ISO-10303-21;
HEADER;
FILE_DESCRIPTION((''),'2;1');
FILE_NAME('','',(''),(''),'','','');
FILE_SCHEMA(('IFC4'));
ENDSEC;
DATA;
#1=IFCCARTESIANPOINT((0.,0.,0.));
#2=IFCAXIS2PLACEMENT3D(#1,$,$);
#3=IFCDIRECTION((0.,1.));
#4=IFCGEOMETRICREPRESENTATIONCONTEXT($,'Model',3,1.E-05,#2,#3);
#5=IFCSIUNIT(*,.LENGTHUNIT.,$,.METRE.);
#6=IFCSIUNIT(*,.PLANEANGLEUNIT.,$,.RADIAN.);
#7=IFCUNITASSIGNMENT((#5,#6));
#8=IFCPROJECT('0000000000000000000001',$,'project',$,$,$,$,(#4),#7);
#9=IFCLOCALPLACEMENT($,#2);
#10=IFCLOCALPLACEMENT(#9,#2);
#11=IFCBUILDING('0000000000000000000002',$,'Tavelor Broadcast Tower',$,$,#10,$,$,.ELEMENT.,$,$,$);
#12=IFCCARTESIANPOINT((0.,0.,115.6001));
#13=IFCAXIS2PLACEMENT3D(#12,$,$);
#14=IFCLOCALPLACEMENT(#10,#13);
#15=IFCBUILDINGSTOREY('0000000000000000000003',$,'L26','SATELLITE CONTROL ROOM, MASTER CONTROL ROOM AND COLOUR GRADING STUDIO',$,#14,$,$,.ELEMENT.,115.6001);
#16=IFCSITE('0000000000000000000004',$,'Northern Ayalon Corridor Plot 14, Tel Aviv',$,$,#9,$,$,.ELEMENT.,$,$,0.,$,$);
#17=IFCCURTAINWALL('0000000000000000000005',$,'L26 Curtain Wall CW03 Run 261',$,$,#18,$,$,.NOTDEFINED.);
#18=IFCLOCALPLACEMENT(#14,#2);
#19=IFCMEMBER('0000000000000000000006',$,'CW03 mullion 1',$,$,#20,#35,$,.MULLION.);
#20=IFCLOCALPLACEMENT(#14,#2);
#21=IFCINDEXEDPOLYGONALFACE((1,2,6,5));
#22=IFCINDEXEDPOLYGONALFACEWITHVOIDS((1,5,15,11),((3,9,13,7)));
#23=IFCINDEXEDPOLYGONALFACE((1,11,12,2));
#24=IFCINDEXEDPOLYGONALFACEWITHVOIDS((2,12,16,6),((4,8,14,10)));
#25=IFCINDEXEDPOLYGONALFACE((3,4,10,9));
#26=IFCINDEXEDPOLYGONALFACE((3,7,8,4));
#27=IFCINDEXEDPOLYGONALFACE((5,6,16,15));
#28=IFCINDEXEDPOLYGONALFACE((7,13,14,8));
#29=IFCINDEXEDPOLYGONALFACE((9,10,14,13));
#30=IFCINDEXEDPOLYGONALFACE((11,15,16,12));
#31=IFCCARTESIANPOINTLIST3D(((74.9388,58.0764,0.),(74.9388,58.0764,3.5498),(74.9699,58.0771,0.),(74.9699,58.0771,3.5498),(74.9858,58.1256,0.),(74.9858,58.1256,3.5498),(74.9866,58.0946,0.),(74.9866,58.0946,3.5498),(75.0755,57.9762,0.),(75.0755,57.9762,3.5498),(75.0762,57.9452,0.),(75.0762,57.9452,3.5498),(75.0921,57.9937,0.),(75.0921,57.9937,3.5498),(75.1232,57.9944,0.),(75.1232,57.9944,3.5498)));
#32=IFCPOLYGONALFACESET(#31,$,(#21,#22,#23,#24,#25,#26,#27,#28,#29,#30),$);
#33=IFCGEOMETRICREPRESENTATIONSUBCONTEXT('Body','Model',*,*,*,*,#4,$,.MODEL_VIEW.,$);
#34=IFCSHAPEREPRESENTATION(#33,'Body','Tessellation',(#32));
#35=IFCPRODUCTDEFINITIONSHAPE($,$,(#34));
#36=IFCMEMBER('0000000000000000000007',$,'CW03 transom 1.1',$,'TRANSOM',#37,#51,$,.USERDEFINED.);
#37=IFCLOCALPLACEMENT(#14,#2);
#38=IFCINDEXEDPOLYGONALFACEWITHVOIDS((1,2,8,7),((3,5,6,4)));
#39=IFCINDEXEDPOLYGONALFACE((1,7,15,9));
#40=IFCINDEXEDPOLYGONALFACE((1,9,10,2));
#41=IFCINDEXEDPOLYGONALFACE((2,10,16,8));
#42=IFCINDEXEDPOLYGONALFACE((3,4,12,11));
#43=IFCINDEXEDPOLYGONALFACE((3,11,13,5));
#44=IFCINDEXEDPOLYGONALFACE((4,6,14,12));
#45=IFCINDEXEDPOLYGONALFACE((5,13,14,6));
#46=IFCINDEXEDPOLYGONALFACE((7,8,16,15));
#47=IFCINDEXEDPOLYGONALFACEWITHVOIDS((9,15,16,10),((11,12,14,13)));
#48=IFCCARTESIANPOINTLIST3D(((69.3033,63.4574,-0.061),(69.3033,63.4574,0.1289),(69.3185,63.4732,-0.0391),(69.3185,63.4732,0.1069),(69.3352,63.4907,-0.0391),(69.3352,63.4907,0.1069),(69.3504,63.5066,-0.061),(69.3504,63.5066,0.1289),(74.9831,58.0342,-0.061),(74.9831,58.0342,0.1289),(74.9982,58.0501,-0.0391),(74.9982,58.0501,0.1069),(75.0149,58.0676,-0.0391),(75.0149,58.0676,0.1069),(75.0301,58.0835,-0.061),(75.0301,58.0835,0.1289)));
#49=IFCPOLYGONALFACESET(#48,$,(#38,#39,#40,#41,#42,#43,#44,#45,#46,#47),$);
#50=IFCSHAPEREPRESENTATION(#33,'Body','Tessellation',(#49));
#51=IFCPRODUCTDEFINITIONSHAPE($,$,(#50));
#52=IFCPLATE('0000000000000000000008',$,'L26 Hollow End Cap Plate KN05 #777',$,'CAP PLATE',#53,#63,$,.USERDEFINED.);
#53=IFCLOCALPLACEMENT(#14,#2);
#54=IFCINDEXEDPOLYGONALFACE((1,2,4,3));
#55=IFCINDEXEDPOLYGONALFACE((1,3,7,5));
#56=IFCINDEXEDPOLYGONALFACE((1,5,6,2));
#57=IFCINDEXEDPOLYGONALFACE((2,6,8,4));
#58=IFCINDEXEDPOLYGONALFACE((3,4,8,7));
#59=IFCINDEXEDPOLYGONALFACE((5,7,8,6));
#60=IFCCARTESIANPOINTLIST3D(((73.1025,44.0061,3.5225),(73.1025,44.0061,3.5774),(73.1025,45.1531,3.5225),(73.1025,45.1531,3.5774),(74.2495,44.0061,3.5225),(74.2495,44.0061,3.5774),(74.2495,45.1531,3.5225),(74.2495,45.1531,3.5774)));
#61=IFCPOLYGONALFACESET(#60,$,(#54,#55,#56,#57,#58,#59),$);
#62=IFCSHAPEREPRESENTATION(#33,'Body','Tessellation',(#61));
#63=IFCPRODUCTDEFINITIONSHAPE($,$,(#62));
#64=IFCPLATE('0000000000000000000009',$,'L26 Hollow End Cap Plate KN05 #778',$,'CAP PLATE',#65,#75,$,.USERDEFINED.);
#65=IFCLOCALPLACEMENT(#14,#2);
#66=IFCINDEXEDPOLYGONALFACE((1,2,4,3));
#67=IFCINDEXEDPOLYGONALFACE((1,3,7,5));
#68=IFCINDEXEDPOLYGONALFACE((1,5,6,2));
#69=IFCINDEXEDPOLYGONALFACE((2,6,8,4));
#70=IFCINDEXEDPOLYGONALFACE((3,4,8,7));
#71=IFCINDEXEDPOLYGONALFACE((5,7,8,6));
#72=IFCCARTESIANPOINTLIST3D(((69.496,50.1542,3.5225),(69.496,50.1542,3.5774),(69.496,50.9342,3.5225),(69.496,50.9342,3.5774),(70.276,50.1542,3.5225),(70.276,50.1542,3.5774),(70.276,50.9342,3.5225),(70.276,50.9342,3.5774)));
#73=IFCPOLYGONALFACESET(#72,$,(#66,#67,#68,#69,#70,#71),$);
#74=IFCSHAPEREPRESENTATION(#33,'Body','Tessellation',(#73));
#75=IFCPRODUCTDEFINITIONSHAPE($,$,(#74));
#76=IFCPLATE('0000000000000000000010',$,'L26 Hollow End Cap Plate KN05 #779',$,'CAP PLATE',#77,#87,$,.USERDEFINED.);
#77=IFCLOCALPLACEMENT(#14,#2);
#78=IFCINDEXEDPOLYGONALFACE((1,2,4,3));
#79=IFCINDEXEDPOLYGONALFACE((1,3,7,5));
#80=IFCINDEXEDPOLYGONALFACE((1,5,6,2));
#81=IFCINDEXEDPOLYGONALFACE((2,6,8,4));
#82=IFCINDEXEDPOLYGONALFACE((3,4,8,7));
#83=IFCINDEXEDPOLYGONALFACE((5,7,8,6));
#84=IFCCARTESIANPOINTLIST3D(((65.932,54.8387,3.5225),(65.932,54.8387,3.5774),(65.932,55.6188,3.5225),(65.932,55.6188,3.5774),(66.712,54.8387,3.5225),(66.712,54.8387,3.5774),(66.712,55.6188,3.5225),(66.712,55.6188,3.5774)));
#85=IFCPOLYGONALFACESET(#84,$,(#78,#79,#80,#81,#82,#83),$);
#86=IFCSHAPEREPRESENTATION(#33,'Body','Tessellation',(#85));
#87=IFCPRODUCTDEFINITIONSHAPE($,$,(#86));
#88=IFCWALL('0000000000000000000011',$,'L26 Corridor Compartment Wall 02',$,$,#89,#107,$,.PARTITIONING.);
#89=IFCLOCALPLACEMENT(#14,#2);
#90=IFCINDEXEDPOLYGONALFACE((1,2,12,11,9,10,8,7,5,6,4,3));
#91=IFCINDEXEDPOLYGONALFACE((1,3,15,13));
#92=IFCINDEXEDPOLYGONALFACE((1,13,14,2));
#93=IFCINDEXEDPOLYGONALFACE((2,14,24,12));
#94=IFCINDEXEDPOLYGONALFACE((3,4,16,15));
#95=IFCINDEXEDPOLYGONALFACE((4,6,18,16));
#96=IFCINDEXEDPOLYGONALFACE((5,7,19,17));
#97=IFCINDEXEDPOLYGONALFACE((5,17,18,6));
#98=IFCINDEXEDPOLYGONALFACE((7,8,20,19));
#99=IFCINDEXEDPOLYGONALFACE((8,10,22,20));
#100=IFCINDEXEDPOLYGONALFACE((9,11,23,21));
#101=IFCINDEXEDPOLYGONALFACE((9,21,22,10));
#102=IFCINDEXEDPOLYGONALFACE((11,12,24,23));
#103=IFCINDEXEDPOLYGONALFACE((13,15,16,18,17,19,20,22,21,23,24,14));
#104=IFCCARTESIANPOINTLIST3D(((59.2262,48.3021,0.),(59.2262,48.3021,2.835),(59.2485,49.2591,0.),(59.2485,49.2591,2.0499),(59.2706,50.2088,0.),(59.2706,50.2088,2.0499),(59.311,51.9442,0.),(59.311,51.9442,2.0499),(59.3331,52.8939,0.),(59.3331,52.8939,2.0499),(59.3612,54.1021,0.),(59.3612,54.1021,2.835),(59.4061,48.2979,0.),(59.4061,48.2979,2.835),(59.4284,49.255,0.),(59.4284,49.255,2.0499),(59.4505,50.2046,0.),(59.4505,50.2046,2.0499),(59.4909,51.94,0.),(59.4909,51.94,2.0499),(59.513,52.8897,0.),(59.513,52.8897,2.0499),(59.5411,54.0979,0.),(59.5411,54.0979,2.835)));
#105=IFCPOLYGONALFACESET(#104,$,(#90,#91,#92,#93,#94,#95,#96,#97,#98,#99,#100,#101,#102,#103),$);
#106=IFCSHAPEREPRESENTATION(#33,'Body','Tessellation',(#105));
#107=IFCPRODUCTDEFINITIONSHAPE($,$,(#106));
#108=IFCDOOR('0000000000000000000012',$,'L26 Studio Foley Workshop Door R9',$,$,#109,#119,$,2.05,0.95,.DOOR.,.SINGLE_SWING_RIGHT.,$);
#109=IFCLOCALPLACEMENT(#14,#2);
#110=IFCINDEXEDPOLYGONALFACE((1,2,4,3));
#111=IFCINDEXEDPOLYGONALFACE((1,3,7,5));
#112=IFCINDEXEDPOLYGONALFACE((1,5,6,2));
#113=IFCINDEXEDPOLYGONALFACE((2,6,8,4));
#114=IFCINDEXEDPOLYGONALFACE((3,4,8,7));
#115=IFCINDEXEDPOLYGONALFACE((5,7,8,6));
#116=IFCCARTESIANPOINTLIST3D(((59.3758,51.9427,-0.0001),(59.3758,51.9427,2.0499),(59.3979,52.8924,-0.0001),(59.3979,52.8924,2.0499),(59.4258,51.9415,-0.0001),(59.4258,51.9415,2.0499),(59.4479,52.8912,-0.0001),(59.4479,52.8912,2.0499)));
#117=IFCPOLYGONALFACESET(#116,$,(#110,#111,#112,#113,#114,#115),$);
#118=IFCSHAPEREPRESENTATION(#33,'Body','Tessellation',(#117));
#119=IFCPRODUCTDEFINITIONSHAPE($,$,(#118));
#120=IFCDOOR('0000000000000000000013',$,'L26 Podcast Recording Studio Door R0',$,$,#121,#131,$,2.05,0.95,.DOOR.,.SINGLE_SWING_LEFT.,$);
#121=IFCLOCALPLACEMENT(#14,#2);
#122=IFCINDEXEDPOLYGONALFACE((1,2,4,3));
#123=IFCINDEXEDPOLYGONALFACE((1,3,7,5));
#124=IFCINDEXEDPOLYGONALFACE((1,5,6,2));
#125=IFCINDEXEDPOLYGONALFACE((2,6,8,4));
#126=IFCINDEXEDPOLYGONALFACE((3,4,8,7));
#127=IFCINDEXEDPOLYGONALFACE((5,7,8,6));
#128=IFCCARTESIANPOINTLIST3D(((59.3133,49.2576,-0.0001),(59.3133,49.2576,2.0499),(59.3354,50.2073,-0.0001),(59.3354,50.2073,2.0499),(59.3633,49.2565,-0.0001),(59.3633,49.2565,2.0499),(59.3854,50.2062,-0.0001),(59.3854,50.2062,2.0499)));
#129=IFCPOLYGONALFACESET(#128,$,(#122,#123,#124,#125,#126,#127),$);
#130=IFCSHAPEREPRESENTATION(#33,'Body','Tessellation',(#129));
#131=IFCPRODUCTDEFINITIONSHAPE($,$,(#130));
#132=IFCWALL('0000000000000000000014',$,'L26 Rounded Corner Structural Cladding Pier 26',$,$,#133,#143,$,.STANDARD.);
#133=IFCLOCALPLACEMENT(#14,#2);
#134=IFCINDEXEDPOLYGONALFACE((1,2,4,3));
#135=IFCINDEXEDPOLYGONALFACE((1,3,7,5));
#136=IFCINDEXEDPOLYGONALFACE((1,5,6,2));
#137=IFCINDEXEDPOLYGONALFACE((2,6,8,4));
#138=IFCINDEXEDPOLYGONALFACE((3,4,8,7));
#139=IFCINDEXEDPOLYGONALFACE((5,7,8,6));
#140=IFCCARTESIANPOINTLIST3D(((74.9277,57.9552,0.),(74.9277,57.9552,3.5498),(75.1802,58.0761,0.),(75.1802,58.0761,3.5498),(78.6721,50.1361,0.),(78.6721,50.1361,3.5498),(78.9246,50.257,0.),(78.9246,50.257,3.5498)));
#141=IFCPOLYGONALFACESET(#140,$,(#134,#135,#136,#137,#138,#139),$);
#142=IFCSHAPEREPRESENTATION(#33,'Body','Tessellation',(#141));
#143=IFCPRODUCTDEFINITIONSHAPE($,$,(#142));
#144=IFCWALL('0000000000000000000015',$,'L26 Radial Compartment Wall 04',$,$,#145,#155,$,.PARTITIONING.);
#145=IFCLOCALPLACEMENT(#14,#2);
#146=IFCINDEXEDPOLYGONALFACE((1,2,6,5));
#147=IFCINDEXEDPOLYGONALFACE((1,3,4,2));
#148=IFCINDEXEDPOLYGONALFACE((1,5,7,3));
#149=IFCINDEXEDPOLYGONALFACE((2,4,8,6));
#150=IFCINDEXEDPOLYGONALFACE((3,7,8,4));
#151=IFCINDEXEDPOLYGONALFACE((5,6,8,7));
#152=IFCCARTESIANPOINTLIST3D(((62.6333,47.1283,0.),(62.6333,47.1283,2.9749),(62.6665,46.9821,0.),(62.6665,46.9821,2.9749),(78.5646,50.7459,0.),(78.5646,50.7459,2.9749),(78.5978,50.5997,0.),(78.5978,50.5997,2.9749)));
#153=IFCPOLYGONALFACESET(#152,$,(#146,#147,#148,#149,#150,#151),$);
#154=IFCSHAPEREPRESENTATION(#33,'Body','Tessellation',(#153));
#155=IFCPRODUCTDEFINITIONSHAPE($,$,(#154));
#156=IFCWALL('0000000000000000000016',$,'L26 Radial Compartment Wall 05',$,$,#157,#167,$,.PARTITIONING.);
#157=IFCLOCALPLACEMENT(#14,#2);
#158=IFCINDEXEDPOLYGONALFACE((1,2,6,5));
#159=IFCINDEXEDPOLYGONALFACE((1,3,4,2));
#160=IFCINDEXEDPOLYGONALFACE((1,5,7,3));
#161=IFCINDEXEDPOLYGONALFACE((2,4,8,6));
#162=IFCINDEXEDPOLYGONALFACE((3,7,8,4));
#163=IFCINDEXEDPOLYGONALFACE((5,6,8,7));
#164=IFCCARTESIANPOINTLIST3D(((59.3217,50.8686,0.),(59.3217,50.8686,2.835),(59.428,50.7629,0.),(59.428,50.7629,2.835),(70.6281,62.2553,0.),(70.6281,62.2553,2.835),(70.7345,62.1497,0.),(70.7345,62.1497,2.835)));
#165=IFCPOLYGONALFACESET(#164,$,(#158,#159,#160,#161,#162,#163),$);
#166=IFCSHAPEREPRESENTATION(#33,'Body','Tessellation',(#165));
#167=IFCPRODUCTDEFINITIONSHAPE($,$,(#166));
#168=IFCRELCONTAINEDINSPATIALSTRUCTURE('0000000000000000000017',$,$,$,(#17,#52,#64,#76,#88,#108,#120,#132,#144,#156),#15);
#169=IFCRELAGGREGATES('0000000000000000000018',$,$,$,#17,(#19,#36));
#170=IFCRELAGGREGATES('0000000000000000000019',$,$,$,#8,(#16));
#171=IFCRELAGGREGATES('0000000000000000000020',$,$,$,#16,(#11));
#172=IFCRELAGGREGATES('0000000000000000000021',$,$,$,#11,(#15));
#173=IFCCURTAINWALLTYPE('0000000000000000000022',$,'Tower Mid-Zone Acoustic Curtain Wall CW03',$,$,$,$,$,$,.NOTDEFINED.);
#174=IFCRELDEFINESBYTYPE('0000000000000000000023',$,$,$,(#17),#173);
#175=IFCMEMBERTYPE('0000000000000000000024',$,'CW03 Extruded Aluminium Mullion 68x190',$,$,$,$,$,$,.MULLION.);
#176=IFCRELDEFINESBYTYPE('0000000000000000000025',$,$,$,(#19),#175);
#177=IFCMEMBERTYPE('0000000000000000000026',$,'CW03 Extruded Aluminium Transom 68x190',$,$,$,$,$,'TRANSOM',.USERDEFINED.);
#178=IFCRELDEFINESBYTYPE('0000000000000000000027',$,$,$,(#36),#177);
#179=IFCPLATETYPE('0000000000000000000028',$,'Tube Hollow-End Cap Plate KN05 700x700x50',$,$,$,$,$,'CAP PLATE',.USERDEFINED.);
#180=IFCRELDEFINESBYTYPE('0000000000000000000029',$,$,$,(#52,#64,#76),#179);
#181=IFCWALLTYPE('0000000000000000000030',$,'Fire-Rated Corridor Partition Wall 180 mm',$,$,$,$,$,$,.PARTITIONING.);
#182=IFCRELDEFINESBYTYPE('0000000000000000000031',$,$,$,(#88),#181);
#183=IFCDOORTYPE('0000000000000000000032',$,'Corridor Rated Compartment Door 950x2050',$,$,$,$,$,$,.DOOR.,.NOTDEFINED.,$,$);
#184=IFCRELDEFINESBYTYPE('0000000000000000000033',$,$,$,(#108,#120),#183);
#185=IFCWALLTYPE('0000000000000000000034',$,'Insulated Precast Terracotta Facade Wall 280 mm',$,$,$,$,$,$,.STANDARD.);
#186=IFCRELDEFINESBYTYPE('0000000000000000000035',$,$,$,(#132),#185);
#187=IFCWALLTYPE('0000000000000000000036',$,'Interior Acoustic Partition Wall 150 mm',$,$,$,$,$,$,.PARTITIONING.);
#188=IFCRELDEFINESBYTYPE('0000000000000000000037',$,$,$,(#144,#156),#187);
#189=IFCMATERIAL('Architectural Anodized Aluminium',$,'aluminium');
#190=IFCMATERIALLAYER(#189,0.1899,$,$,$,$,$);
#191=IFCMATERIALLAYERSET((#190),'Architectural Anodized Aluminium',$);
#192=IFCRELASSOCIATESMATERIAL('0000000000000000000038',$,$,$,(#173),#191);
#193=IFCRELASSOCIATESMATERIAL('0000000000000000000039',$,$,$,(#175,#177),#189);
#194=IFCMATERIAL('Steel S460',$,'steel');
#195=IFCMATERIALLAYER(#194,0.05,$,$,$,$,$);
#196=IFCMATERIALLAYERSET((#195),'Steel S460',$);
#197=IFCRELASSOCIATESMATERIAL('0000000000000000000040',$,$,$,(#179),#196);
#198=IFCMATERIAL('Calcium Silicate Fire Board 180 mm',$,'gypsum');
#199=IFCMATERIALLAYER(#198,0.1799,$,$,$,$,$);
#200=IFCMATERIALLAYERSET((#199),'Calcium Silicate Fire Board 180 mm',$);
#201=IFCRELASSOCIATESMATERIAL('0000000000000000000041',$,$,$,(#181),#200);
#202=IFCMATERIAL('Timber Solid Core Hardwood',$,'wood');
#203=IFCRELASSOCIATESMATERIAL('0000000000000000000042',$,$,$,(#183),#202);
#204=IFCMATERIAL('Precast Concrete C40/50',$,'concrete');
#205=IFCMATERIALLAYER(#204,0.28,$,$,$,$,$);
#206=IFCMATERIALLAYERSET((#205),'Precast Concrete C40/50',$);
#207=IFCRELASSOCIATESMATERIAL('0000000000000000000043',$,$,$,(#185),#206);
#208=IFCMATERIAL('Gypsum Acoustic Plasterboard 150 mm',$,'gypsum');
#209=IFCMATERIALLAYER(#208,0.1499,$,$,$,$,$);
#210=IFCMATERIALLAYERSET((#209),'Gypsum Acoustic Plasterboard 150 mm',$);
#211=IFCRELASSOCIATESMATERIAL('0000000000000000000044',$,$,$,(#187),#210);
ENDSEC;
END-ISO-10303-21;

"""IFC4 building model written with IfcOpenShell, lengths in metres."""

from ifc_helpers import new_model, si_unit, direction, frame, frame_2d, origin, origin_2d, place, context, subcontext, project, spatial, rectangle, hollow_rectangle, extrude, source, transform, mapped, material, layer, layer_set, material_profile, profile_set, type_object, type_shapes, element, fill, aggregate, save


model = new_model("IFC4")

# Units and contexts
model_context = context("Model", 3, precision=1e-05, world=origin(), true_north=direction((0.0, 1.0)))
body_context = subcontext(model_context, "Body", "Model", "MODEL_VIEW")
ifc_project = project(units=[si_unit("LENGTHUNIT", "METRE"), si_unit("PLANEANGLEUNIT", "RADIAN")], contexts=[model_context])

# Site, building, storey
site_placement = place(None, origin())
site = spatial("IfcSite", under=ifc_project, at=site_placement, Name="Northern Ayalon Corridor Plot 14, Tel Aviv", CompositionType="ELEMENT", RefElevation=0.0)
building_placement = place(site_placement, origin())
building = spatial("IfcBuilding", under=site, at=building_placement, Name="Tavelor Broadcast Tower", CompositionType="ELEMENT")
storey_placement = place(building_placement, frame((0.0, 0.0, 115.6001)))
storey = spatial("IfcBuildingStorey", under=building, at=storey_placement, Name="L26", Description="SATELLITE CONTROL ROOM, MASTER CONTROL ROOM AND COLOUR GRADING STUDIO", CompositionType="ELEMENT", Elevation=115.6001)

# Shared definitions
ifc_material_1 = material(Name="Steel S460", Category="steel")

# Curtain wall, members
ifc_material_2 = material(Name="Architectural Anodized Aluminium", Category="aluminium")
ifc_layer_1 = layer(ifc_material_2, 0.1899)
ifc_layer_set_1 = layer_set([ifc_layer_1], Name="Architectural Anodized Aluminium")
curtain_wall_type = type_object("IfcCurtainWallType", Name="Tower Mid-Zone Acoustic Curtain Wall CW03", PredefinedType="NOTDEFINED", material=ifc_layer_set_1)
curtain_wall_placement = place(storey_placement, origin())
curtain_wall = element("IfcCurtainWall", 1, at=curtain_wall_placement, inside=storey, type_object=curtain_wall_type, Name="L26 Curtain Wall CW03 Run 261", PredefinedType="NOTDEFINED")
ifc_material_profile_1 = material_profile(ifc_material_2, hollow_rectangle(XDim=0.0681, YDim=0.1899, WallThickness=0.022, at=origin_2d()), Name="RHS 68x190x22")
ifc_profile_set_1 = profile_set([ifc_material_profile_1], Name="Architectural Anodized Aluminium")
member_type_1 = type_object("IfcMemberType", Name="CW03 Extruded Aluminium Mullion 68x190", PredefinedType="MULLION", material=ifc_profile_set_1)
shared_shape_1 = source(origin(), body_context, "Body", "SweptSolid", [
    extrude(hollow_rectangle(XDim=0.0681, YDim=0.1899, WallThickness=0.022, at=origin_2d()), origin(), (0.0, 0.0, 1.0), 3.5498),
])
type_shapes(member_type_1, [shared_shape_1])
member_1_placement = place(storey_placement, frame((75.031, 58.0354, 0.0), z_axis=(0.0, 0.0, 1.0), x_axis=(-0.690564, -0.723272, 0.0)))
member_1 = element("IfcMember", 2, at=member_1_placement, type_object=member_type_1, Name="CW03 mullion 1", PredefinedType="MULLION", context=body_context, shape_type="MappedRepresentation", body=[
    mapped(shared_shape_1, transform((0.0, 0.0, 0.0), scale=1.0)),
])
ifc_material_profile_2 = material_profile(ifc_material_2, hollow_rectangle(XDim=0.0681, YDim=0.1899, WallThickness=0.022, at=origin_2d()), Name="RHS 68x190x22")
ifc_profile_set_2 = profile_set([ifc_material_profile_2], Name="Architectural Anodized Aluminium")
member_type_2 = type_object("IfcMemberType", Name="CW03 Extruded Aluminium Transom 68x190", ElementType="TRANSOM", PredefinedType="USERDEFINED", material=ifc_profile_set_2)
shared_shape_2 = source(origin(), body_context, "Body", "SweptSolid", [
    extrude(hollow_rectangle(XDim=0.0681, YDim=0.1899, WallThickness=0.022, at=origin_2d()), origin(), (0.0, 0.0, 1.0), 7.853),
])
type_shapes(member_type_2, [shared_shape_2])
member_2_placement = place(storey_placement, frame((75.0066, 58.0588, 0.0339), z_axis=(-0.723255, 0.690581, 0.0), x_axis=(-0.690581, -0.723255, 0.0)))
member_2 = element("IfcMember", 3, at=member_2_placement, type_object=member_type_2, Name="CW03 transom 1.1", ObjectType="TRANSOM", PredefinedType="USERDEFINED", context=body_context, shape_type="MappedRepresentation", body=[
    mapped(shared_shape_2, transform((0.0, 0.0, 0.0), scale=1.0)),
])
aggregate(curtain_wall, [member_1, member_2])

# Plates
ifc_layer_2 = layer(ifc_material_1, 0.05)
ifc_layer_set_2 = layer_set([ifc_layer_2], Name="Steel S460")
plate_type = type_object("IfcPlateType", Name="Tube Hollow-End Cap Plate KN05 700x700x50", ElementType="CAP PLATE", PredefinedType="USERDEFINED", material=ifc_layer_set_2)
shared_shape_3 = source(origin(), body_context, "Body", "SweptSolid", [
    extrude(rectangle(XDim=1.147, YDim=1.147, at=origin_2d()), origin(), (0.0, 0.0, 1.0), 0.0549),
])
plate_placement = place(storey_placement, frame((73.676, 44.5796, 3.5225), z_axis=(0.0, 0.0, 1.0), x_axis=(1.0, 0.0, 0.0)))
element("IfcPlate", 4, at=plate_placement, inside=storey, type_object=plate_type, Name="L26 Hollow End Cap Plate KN05 #777", ObjectType="CAP PLATE", PredefinedType="USERDEFINED", context=body_context, shape_type="MappedRepresentation", body=[
    mapped(shared_shape_3, transform((0.0, 0.0, 0.0), scale=1.0)),
])
shared_shape_4 = source(origin(), body_context, "Body", "SweptSolid", [
    extrude(rectangle(XDim=0.78, YDim=0.78, at=origin_2d()), origin(), (0.0, 0.0, 1.0), 0.0549),
])
type_shapes(plate_type, [shared_shape_3, shared_shape_4])
for number, where, z_axis, x_axis, name in (
    (5, (69.886, 50.5442, 3.5225), (0.0, 0.0, 1.0), (1.0, 0.0, 0.0), "L26 Hollow End Cap Plate KN05 #778"),
    (6, (66.322, 55.2288, 3.5225), (0.0, 0.0, 1.0), (1.0, 0.0, 0.0), "L26 Hollow End Cap Plate KN05 #779"),
):
    element("IfcPlate", number, at=place(storey_placement, frame(where, z_axis=z_axis, x_axis=x_axis)), inside=storey, type_object=plate_type, Name=name, ObjectType="CAP PLATE", PredefinedType="USERDEFINED", context=body_context, shape_type="MappedRepresentation", body=[
        mapped(shared_shape_4, transform((0.0, 0.0, 0.0), scale=1.0)),
    ])

# Wall, openings, doors
ifc_material_3 = material(Name="Calcium Silicate Fire Board 180 mm", Category="gypsum")
ifc_layer_3 = layer(ifc_material_3, 0.1799)
ifc_layer_set_3 = layer_set([ifc_layer_3], Name="Calcium Silicate Fire Board 180 mm")
wall_type_1 = type_object("IfcWallType", Name="Fire-Rated Corridor Partition Wall 180 mm", PredefinedType="PARTITIONING", material=ifc_layer_set_3)
wall_1_placement = place(storey_placement, frame((59.4512, 54.1001, 0.0), z_axis=(0.0, 0.0, 1.0), x_axis=(-0.023271, -0.999729, 0.0)))
wall_1 = element("IfcWall", 7, at=wall_1_placement, inside=storey, type_object=wall_type_1, Name="L26 Corridor Compartment Wall 02", PredefinedType="PARTITIONING", context=body_context, shape_type="SweptSolid", body=[
    extrude(rectangle(XDim=5.8015, YDim=0.1799, at=frame_2d((2.9009, 0.0))), origin(), (0.0, 0.0, 1.0), 2.835),
])
opening_1_placement = place(wall_1_placement, frame((1.2085, 0.0, 0.0)))
opening_1 = element("IfcOpeningElement", 8, at=opening_1_placement, cuts=wall_1, PredefinedType="OPENING", context=body_context, shape_type="SweptSolid", body=[
    extrude(rectangle(XDim=0.95, YDim=2.05, at=frame_2d((0.4751, 1.0249))), frame((0.0, 0.1001, 0.0), z_axis=(0.0, -1.0, 0.0), x_axis=(1.0, 0.0, 0.0)), (0.0, 0.0, 1.0), 0.2),
])
opening_2_placement = place(wall_1_placement, frame((3.8943, 0.0, 0.0)))
opening_2 = element("IfcOpeningElement", 9, at=opening_2_placement, cuts=wall_1, PredefinedType="OPENING", context=body_context, shape_type="SweptSolid", body=[
    extrude(rectangle(XDim=0.95, YDim=2.05, at=frame_2d((0.4751, 1.0249))), frame((0.0, 0.1001, 0.0), z_axis=(0.0, -1.0, 0.0), x_axis=(1.0, 0.0, 0.0)), (0.0, 0.0, 1.0), 0.2),
])
ifc_material_4 = material(Name="Timber Solid Core Hardwood", Category="wood")
door_type = type_object("IfcDoorType", Name="Corridor Rated Compartment Door 950x2050", OperationType="NOTDEFINED", PredefinedType="DOOR", material=ifc_material_4)
door_1_placement = place(opening_1_placement, origin())
door_1 = element("IfcDoor", 10, at=door_1_placement, inside=storey, type_object=door_type, Name="L26 Studio Foley Workshop Door R9", OperationType="SINGLE_SWING_RIGHT", OverallHeight=2.05, OverallWidth=0.95, PredefinedType="DOOR", context=body_context, shape_type="SweptSolid", body=[
    extrude(rectangle(XDim=0.95, YDim=2.05, at=frame_2d((0.4751, 1.0249))), frame((0.0, 0.0249, 0.0), z_axis=(0.0, -1.0, 0.0), x_axis=(1.0, 0.0, 0.0)), (0.0, 0.0, 1.0), 0.05),
])
fill(opening_1, door_1)
door_2_placement = place(opening_2_placement, origin())
door_2 = element("IfcDoor", 11, at=door_2_placement, inside=storey, type_object=door_type, Name="L26 Podcast Recording Studio Door R0", OperationType="SINGLE_SWING_LEFT", OverallHeight=2.05, OverallWidth=0.95, PredefinedType="DOOR", context=body_context, shape_type="SweptSolid", body=[
    extrude(rectangle(XDim=0.95, YDim=2.05, at=frame_2d((0.4751, 1.0249))), frame((0.0, 0.0249, 0.0), z_axis=(0.0, -1.0, 0.0), x_axis=(1.0, 0.0, 0.0)), (0.0, 0.0, 1.0), 0.05),
])
fill(opening_2, door_2)

# Walls
ifc_material_5 = material(Name="Precast Concrete C40/50", Category="concrete")
ifc_layer_4 = layer(ifc_material_5, 0.28)
ifc_layer_set_4 = layer_set([ifc_layer_4], Name="Precast Concrete C40/50")
wall_type_2 = type_object("IfcWallType", Name="Insulated Precast Terracotta Facade Wall 280 mm", PredefinedType="STANDARD", material=ifc_layer_set_4)
wall_2_placement = place(storey_placement, frame((78.7983, 50.1965, 0.0), z_axis=(0.0, 0.0, 1.0), x_axis=(-0.431908, 0.901918, 0.0)))
element("IfcWall", 12, at=wall_2_placement, inside=storey, type_object=wall_type_2, Name="L26 Rounded Corner Structural Cladding Pier 26", PredefinedType="STANDARD", context=body_context, shape_type="SweptSolid", body=[
    extrude(rectangle(XDim=8.6694, YDim=0.28, at=frame_2d((4.3347, 0.0))), origin(), (0.0, 0.0, 1.0), 3.5498),
])
ifc_material_6 = material(Name="Gypsum Acoustic Plasterboard 150 mm", Category="gypsum")
ifc_layer_5 = layer(ifc_material_6, 0.1499)
ifc_layer_set_5 = layer_set([ifc_layer_5], Name="Gypsum Acoustic Plasterboard 150 mm")
wall_type_3 = type_object("IfcWallType", Name="Interior Acoustic Partition Wall 150 mm", PredefinedType="PARTITIONING", material=ifc_layer_set_5)
wall_3_placement = place(storey_placement, frame((62.6499, 47.0552, 0.0), z_axis=(0.0, 0.0, 1.0), x_axis=(0.975174, 0.221441, 0.0)))
element("IfcWall", 13, at=wall_3_placement, inside=storey, type_object=wall_type_3, Name="L26 Radial Compartment Wall 04", PredefinedType="PARTITIONING", context=body_context, shape_type="SweptSolid", body=[
    extrude(rectangle(XDim=16.3369, YDim=0.1499, at=frame_2d((8.1685, 0.0))), origin(), (0.0, 0.0, 1.0), 2.9749),
])
wall_4_placement = place(storey_placement, frame((59.3748, 50.8157, 0.0), z_axis=(0.0, 0.0, 1.0), x_axis=(0.7046, 0.709605, 0.0)))
element("IfcWall", 14, at=wall_4_placement, inside=storey, type_object=wall_type_3, Name="L26 Radial Compartment Wall 05", PredefinedType="PARTITIONING", context=body_context, shape_type="SweptSolid", body=[
    extrude(rectangle(XDim=16.0466, YDim=0.1499, at=frame_2d((8.0234, 0.0))), origin(), (0.0, 0.0, 1.0), 2.835),
])

save(model, "model.ifc")
